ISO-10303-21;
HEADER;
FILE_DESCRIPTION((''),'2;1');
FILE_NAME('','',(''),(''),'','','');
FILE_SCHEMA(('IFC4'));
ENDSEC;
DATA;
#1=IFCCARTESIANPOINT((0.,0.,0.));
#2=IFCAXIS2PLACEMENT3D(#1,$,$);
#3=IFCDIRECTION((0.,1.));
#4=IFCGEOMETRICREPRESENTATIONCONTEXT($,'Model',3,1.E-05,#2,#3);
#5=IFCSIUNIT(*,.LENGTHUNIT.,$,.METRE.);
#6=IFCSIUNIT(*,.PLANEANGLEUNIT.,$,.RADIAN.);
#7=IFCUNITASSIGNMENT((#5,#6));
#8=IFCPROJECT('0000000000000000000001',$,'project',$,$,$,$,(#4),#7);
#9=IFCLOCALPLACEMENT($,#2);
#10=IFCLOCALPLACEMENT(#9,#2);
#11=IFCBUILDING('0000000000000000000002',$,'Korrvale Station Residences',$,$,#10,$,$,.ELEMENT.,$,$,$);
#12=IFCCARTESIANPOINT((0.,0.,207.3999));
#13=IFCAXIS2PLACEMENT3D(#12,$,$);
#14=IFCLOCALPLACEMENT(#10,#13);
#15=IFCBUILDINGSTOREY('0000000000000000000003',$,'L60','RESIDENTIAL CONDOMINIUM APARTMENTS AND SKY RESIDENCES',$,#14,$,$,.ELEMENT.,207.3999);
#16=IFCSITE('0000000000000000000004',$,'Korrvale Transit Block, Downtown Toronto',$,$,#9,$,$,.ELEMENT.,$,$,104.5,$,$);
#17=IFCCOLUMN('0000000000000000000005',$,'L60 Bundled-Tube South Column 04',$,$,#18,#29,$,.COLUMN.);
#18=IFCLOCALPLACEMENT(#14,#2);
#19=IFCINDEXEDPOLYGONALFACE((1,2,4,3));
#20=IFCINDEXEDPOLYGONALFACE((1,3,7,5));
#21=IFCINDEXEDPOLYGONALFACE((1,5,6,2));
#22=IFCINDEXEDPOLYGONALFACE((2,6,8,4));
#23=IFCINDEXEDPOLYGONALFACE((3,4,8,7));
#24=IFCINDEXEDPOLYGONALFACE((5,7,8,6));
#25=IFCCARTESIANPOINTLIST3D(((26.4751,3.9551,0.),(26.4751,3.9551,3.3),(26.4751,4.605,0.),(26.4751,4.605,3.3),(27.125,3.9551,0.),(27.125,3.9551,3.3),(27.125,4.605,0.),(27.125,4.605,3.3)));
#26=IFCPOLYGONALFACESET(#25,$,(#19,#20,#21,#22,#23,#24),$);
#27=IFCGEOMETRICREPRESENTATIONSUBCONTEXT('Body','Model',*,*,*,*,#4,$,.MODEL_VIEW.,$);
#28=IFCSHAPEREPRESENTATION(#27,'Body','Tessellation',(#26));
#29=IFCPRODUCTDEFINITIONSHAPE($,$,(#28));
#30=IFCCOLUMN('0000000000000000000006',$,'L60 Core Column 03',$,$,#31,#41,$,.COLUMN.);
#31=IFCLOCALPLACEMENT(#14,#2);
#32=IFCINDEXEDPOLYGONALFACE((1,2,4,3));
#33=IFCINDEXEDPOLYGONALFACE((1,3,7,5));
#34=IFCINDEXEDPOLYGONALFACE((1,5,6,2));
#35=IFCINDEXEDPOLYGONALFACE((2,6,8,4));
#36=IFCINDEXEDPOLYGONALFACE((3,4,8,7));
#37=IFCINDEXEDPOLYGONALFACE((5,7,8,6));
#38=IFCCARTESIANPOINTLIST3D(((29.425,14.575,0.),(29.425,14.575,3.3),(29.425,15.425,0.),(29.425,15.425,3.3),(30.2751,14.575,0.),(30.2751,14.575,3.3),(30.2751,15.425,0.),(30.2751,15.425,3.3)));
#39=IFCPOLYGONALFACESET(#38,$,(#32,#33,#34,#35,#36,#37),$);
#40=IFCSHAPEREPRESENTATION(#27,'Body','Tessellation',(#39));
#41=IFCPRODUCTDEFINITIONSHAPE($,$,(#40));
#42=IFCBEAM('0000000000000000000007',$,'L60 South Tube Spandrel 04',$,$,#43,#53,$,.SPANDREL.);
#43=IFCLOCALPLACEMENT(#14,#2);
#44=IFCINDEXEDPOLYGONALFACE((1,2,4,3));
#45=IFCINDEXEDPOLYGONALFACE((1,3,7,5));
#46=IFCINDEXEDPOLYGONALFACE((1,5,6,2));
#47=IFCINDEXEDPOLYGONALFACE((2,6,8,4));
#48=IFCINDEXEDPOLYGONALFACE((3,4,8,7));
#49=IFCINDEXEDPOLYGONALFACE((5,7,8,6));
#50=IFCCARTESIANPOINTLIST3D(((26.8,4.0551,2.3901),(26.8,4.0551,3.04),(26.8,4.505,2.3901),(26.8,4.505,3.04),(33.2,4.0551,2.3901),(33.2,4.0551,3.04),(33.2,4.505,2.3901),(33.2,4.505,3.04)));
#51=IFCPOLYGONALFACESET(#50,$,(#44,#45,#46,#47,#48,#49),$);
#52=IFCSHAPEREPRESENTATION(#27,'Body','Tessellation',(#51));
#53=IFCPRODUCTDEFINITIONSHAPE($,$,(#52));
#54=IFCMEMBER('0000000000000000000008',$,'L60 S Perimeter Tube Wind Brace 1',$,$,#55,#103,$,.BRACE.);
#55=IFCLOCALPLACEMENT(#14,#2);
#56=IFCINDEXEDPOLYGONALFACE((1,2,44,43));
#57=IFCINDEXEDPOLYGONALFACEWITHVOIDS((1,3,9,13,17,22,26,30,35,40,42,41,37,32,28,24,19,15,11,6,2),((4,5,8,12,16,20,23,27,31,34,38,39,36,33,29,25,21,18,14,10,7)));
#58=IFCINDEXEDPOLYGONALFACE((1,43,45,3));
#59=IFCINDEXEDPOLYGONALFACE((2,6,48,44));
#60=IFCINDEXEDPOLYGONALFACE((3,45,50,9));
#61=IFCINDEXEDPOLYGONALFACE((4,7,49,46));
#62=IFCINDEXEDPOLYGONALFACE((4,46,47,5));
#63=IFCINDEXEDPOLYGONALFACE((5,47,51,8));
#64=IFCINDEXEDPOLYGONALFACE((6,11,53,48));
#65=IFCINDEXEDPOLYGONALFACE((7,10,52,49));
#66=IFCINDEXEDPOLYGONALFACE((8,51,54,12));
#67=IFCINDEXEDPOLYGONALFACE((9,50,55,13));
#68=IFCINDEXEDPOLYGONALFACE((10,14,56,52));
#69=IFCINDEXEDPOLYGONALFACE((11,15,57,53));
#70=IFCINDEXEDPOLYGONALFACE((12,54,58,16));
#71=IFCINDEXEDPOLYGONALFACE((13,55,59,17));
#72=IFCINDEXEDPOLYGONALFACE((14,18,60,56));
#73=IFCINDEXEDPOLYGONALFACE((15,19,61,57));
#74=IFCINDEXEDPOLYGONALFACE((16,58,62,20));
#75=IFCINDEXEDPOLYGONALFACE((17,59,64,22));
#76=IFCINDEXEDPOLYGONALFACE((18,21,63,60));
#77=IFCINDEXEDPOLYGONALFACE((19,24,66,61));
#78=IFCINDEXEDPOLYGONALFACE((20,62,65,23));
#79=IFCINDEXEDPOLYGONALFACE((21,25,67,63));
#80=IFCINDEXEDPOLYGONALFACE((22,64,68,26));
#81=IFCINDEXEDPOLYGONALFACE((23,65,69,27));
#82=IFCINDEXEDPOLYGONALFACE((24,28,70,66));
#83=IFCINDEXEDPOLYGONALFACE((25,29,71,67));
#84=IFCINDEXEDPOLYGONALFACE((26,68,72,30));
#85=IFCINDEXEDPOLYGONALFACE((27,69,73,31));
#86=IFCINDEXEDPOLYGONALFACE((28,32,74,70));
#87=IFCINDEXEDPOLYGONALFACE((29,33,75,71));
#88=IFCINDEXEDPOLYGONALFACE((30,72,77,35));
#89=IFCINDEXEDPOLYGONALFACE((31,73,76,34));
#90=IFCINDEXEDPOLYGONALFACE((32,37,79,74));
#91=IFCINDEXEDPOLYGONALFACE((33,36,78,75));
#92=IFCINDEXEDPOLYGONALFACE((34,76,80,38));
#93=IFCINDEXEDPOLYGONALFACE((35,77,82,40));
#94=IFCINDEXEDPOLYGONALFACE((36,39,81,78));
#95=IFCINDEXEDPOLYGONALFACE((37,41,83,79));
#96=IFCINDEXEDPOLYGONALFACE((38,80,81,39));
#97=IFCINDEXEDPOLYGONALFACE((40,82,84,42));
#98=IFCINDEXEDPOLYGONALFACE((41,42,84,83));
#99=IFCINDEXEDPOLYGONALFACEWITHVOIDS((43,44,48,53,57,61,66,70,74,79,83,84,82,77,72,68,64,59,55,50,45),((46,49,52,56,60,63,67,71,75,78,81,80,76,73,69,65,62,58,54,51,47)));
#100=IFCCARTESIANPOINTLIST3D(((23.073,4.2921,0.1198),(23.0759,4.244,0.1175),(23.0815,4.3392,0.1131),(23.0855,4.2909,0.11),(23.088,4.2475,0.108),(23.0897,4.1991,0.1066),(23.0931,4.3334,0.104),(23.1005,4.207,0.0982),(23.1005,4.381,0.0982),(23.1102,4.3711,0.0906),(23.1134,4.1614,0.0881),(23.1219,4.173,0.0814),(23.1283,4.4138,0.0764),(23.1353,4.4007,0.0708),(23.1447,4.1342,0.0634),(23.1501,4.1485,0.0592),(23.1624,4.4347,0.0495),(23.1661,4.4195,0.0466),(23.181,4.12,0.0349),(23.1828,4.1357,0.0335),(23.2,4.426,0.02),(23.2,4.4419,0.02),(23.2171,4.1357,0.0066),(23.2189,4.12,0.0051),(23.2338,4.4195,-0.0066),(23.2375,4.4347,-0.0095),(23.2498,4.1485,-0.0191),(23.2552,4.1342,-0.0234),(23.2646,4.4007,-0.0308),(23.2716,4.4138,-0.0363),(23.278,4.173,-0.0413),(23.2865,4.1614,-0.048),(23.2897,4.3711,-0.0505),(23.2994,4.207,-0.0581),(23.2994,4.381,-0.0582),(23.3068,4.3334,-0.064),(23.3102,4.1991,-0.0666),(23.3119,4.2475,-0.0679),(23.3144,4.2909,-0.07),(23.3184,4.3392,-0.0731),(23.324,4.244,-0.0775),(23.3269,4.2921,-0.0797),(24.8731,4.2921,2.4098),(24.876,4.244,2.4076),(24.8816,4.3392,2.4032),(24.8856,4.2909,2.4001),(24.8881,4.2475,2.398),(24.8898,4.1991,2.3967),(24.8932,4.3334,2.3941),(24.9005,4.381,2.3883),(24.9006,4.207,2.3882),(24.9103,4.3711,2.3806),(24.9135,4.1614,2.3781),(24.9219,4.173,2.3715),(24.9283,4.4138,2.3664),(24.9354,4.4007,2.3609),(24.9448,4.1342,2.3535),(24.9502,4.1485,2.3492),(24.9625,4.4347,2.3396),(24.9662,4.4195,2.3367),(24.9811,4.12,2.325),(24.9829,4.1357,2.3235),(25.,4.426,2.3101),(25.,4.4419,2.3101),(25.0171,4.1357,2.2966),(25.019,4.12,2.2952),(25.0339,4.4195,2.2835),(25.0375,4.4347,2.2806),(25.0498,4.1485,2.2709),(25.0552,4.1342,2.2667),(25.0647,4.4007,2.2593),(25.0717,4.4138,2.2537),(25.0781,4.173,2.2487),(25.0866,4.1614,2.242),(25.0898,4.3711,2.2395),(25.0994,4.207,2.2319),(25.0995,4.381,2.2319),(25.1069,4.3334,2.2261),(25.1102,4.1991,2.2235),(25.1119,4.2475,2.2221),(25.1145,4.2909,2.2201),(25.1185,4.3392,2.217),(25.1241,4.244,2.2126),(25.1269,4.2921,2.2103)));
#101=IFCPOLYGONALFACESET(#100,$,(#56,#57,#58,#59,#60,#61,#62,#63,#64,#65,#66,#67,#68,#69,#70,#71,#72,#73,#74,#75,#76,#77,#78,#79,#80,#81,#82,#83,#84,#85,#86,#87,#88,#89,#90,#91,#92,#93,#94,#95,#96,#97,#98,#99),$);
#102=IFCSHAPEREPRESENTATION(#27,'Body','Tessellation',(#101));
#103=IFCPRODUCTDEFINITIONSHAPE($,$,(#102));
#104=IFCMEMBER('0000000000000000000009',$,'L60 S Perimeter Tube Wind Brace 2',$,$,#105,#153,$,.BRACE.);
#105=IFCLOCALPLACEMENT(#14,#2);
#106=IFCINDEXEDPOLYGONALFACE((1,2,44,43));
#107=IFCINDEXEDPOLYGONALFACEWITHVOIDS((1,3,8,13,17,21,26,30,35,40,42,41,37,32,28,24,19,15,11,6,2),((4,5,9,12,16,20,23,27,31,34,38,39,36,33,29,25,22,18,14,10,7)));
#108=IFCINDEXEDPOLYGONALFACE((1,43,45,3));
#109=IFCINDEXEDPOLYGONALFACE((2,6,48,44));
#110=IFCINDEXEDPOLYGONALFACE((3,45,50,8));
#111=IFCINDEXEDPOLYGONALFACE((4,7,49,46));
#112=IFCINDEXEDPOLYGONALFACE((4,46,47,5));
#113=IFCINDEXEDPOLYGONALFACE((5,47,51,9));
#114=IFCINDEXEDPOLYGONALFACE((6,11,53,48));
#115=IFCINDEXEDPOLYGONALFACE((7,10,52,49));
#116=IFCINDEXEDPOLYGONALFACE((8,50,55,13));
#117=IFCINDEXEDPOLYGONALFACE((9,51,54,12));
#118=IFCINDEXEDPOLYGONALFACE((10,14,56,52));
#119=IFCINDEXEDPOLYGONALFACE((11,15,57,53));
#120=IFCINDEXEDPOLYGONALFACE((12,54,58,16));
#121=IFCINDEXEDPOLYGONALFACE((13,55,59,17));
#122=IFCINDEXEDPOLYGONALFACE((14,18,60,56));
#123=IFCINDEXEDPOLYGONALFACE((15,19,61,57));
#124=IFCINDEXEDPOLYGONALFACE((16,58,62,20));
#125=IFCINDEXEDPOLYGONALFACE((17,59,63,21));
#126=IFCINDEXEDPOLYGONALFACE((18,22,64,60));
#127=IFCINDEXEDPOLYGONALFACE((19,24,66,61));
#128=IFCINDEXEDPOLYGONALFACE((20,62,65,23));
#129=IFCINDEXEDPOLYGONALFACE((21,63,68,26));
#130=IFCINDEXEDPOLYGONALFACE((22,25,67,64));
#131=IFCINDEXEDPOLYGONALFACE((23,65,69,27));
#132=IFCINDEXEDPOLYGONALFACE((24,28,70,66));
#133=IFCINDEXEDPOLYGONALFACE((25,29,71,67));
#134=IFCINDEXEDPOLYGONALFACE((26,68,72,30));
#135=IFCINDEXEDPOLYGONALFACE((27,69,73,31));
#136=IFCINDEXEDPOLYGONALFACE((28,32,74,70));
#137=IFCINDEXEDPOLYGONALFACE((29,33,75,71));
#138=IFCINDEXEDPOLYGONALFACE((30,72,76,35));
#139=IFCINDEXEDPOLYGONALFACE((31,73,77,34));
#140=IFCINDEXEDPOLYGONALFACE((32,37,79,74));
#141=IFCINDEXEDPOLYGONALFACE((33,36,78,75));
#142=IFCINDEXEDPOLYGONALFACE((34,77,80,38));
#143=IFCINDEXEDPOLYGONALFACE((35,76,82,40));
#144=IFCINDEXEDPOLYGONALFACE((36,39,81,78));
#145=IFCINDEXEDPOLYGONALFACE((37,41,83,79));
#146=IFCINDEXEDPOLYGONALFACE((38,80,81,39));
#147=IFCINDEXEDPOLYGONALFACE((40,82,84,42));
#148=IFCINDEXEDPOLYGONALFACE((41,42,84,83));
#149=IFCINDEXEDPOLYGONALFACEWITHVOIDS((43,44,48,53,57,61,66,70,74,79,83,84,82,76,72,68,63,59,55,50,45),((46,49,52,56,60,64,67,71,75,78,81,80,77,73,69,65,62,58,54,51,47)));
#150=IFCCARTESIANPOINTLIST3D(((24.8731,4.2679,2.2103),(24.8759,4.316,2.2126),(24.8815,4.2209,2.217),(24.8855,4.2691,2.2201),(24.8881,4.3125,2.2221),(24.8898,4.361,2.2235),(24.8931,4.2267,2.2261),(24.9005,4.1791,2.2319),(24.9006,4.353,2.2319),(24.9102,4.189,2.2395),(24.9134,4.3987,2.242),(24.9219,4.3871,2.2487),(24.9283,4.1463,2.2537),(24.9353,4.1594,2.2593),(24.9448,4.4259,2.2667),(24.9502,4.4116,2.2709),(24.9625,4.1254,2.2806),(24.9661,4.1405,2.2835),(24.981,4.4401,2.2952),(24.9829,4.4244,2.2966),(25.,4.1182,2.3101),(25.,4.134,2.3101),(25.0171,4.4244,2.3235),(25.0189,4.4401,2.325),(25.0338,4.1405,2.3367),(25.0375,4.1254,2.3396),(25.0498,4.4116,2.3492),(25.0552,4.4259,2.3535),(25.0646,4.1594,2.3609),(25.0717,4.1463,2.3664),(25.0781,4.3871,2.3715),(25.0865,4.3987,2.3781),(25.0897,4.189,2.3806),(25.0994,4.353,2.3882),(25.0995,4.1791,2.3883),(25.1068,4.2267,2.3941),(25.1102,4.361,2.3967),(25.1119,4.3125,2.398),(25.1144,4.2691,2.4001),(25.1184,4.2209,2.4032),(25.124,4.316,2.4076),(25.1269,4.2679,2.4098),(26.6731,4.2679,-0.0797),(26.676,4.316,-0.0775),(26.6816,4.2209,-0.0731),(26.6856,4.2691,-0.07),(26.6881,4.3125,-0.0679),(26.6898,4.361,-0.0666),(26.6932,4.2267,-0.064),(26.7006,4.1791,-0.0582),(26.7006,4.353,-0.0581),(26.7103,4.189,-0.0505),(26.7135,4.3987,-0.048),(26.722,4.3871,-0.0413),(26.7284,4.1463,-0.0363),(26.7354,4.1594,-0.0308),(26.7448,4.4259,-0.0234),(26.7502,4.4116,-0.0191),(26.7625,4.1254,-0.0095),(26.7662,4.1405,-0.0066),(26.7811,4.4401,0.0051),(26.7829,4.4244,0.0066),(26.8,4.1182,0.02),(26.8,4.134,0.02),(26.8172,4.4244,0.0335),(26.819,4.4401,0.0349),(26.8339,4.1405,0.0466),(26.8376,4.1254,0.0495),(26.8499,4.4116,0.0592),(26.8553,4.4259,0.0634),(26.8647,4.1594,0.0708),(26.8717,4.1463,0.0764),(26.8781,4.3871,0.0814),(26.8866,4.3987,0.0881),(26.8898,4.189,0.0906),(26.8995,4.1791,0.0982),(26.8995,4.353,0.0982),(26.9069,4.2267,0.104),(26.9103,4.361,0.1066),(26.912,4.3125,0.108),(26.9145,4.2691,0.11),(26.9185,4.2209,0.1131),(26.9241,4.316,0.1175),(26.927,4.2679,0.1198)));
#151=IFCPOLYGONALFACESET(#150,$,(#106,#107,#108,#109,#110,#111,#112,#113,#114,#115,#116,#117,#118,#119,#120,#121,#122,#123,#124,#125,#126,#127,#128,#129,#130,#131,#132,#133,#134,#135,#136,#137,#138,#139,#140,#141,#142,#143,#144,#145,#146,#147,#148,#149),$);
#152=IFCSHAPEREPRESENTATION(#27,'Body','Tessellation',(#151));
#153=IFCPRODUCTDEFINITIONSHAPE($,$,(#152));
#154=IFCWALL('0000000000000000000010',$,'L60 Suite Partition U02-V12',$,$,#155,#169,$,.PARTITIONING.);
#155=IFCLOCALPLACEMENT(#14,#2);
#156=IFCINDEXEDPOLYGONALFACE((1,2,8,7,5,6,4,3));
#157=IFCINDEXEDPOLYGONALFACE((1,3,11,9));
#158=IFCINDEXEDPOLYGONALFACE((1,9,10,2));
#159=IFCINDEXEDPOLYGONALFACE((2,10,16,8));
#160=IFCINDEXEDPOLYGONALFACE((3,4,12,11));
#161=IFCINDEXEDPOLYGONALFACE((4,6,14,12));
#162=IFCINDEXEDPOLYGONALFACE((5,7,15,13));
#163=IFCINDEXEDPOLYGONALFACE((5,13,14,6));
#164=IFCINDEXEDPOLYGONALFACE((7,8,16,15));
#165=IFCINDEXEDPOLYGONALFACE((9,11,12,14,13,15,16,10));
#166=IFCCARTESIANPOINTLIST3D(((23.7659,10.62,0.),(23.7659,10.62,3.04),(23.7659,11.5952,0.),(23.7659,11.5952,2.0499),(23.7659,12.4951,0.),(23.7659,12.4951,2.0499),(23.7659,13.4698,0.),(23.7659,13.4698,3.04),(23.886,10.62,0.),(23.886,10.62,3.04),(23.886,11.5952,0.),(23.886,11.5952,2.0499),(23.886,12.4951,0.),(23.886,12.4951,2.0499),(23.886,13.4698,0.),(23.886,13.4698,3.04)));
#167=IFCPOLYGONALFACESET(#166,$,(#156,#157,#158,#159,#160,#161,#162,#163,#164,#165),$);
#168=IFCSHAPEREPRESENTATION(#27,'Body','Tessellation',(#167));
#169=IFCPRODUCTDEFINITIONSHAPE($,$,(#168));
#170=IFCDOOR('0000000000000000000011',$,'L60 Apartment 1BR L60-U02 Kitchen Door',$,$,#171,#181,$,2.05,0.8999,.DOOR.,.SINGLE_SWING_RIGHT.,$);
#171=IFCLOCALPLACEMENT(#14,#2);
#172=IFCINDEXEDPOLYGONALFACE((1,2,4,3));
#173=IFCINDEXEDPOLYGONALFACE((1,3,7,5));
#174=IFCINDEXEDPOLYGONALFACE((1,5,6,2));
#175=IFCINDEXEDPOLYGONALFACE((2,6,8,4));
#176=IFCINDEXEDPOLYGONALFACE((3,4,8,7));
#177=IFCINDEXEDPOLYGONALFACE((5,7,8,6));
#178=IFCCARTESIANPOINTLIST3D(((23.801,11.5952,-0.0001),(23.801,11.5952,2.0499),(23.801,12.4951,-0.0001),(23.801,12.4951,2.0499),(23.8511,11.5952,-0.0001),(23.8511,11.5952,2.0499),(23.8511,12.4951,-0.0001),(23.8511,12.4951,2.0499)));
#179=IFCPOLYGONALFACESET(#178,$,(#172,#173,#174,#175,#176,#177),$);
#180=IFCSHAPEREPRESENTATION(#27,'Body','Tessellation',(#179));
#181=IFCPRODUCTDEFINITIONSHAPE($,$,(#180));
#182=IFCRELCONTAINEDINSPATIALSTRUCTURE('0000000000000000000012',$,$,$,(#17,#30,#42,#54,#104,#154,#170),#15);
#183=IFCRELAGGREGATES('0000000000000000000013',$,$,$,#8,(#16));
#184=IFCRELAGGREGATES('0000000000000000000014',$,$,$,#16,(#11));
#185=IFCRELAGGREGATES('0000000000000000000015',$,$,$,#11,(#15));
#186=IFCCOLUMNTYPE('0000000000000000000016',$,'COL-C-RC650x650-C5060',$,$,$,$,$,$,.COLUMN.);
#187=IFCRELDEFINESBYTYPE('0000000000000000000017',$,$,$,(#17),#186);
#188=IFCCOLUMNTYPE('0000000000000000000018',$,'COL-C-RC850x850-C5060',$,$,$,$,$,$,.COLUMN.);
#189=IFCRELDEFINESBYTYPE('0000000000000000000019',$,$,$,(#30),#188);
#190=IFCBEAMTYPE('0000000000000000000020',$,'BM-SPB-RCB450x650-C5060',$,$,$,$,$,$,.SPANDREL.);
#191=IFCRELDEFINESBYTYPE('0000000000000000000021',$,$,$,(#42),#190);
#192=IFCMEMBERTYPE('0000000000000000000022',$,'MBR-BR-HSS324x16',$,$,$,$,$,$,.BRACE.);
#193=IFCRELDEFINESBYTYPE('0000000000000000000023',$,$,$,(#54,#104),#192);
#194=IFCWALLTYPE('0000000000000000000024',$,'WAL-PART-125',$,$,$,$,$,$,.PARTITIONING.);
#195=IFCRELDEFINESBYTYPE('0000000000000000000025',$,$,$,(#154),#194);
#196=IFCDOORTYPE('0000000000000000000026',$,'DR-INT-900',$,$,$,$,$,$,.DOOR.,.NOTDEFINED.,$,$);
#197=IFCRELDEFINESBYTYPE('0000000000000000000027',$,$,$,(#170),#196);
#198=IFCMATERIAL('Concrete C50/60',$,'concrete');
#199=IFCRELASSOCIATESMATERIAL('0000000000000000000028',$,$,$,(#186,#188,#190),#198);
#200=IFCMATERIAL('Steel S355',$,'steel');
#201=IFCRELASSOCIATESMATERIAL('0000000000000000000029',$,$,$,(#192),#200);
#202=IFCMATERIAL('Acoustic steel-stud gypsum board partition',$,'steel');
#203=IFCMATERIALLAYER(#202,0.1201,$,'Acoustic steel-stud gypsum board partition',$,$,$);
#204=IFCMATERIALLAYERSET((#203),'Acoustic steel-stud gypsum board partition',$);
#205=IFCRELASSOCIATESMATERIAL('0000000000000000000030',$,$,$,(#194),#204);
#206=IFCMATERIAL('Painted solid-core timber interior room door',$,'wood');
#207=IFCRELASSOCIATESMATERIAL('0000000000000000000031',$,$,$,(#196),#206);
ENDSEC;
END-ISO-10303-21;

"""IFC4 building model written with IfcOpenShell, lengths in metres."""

from ifc_helpers import new_model, si_unit, direction, frame, frame_2d, origin, origin_2d, place, context, subcontext, project, spatial, rectangle, hollow_circle, extrude, material, layer, layer_set, material_profile, profile_set, type_object, element, fill, save


model = new_model("IFC4")

# Units and contexts
model_context = context("Model", 3, precision=1e-05, world=origin(), true_north=direction((0.0, 1.0)))
body_context = subcontext(model_context, "Body", "Model", "MODEL_VIEW")
ifc_project = project(units=[si_unit("LENGTHUNIT", "METRE"), si_unit("PLANEANGLEUNIT", "RADIAN")], contexts=[model_context])

# Site, building, storey
site_placement = place(None, origin())
site = spatial("IfcSite", under=ifc_project, at=site_placement, Name="Korrvale Transit Block, Downtown Toronto", CompositionType="ELEMENT", RefElevation=104.5)
building_placement = place(site_placement, origin())
building = spatial("IfcBuilding", under=site, at=building_placement, Name="Korrvale Station Residences", CompositionType="ELEMENT")
storey_placement = place(building_placement, frame((0.0, 0.0, 207.3999)))
storey = spatial("IfcBuildingStorey", under=building, at=storey_placement, Name="L60", Description="RESIDENTIAL CONDOMINIUM APARTMENTS AND SKY RESIDENCES", CompositionType="ELEMENT", Elevation=207.3999)

# Columns
ifc_material_1 = material(Name="Concrete C50/60", Category="concrete")
ifc_material_profile_1 = material_profile(ifc_material_1, rectangle(XDim=0.6499, YDim=0.6499, at=origin_2d()), Name="RC650x650")
ifc_profile_set_1 = profile_set([ifc_material_profile_1], Name="Concrete C50/60")
column_type_1 = type_object("IfcColumnType", Name="COL-C-RC650x650-C5060", PredefinedType="COLUMN", material=ifc_profile_set_1)
column_1_placement = place(storey_placement, frame((26.8, 4.28, 0.0), z_axis=(0.0, 0.0, 1.0), x_axis=(1.0, 0.0, 0.0)))
element("IfcColumn", 1, at=column_1_placement, inside=storey, type_object=column_type_1, Name="L60 Bundled-Tube South Column 04", PredefinedType="COLUMN", context=body_context, shape_type="SweptSolid", body=[
    extrude(rectangle(XDim=0.6499, YDim=0.6499, at=origin_2d()), origin(), (0.0, 0.0, 1.0), 3.3),
])
ifc_material_profile_2 = material_profile(ifc_material_1, rectangle(XDim=0.8501, YDim=0.8501, at=origin_2d()), Name="RC850x850")
ifc_profile_set_2 = profile_set([ifc_material_profile_2], Name="Concrete C50/60")
column_type_2 = type_object("IfcColumnType", Name="COL-C-RC850x850-C5060", PredefinedType="COLUMN", material=ifc_profile_set_2)
column_2_placement = place(storey_placement, frame((29.8501, 15.0, 0.0), z_axis=(0.0, 0.0, 1.0), x_axis=(1.0, 0.0, 0.0)))
element("IfcColumn", 2, at=column_2_placement, inside=storey, type_object=column_type_2, Name="L60 Core Column 03", PredefinedType="COLUMN", context=body_context, shape_type="SweptSolid", body=[
    extrude(rectangle(XDim=0.8501, YDim=0.8501, at=origin_2d()), origin(), (0.0, 0.0, 1.0), 3.3),
])

# Beam
ifc_material_profile_3 = material_profile(ifc_material_1, rectangle(XDim=0.45, YDim=0.6499, at=origin_2d()), Name="RCB450x650")
ifc_profile_set_3 = profile_set([ifc_material_profile_3], Name="Concrete C50/60")
beam_type = type_object("IfcBeamType", Name="BM-SPB-RCB450x650-C5060", PredefinedType="SPANDREL", material=ifc_profile_set_3)
beam_placement = place(storey_placement, frame((26.8, 4.28, 2.7151), z_axis=(1.0, 0.0, 0.0), x_axis=(0.0, 1.0, 0.0)))
element("IfcBeam", 3, at=beam_placement, inside=storey, type_object=beam_type, Name="L60 South Tube Spandrel 04", PredefinedType="SPANDREL", context=body_context, shape_type="SweptSolid", body=[
    extrude(rectangle(XDim=0.45, YDim=0.6499, at=origin_2d()), origin(), (0.0, 0.0, 1.0), 6.3999),
])

# Members
ifc_material_2 = material(Name="Steel S355", Category="steel")
ifc_material_profile_4 = material_profile(ifc_material_2, hollow_circle(Radius=0.1619, WallThickness=0.0159, at=origin_2d()), Name="HSS324x16")
ifc_profile_set_4 = profile_set([ifc_material_profile_4], Name="Steel S355")
member_type = type_object("IfcMemberType", Name="MBR-BR-HSS324x16", PredefinedType="BRACE", material=ifc_profile_set_4)
for number, where, z_axis, x_axis, name in (
    (4, (23.2, 4.28, 0.02), (0.617977, 0.0, 0.786196), (0.0, 1.0, 0.0), "L60 S Perimeter Tube Wind Brace 1"),
    (5, (26.8, 4.28, 0.02), (-0.617977, 0.0, 0.786196), (0.0, -1.0, 0.0), "L60 S Perimeter Tube Wind Brace 2"),
):
    element("IfcMember", number, at=place(storey_placement, frame(where, z_axis=z_axis, x_axis=x_axis)), inside=storey, type_object=member_type, Name=name, PredefinedType="BRACE", context=body_context, shape_type="SweptSolid", body=[
        extrude(hollow_circle(Radius=0.1619, WallThickness=0.0159, at=origin_2d()), origin(), (0.0, 0.0, 1.0), 2.9128),
    ])

# Wall, opening, door
ifc_material_3 = material(Name="Acoustic steel-stud gypsum board partition", Category="steel")
ifc_layer_1 = layer(ifc_material_3, 0.1201, Name="Acoustic steel-stud gypsum board partition")
ifc_layer_set_1 = layer_set([ifc_layer_1], Name="Acoustic steel-stud gypsum board partition")
wall_type_1 = type_object("IfcWallType", Name="WAL-PART-125", PredefinedType="PARTITIONING", material=ifc_layer_set_1)
wall_1_placement = place(storey_placement, frame((23.8259, 10.6201, 0.0), z_axis=(0.0, 0.0, 1.0), x_axis=(0.0, 1.0, 0.0)))
wall_1 = element("IfcWall", 6, at=wall_1_placement, inside=storey, type_object=wall_type_1, Name="L60 Suite Partition U02-V12", PredefinedType="PARTITIONING", context=body_context, shape_type="SweptSolid", body=[
    extrude(rectangle(XDim=2.8499, YDim=0.1201, at=frame_2d((1.4248, 0.0))), origin(), (0.0, 0.0, 1.0), 3.04),
])
opening_1_placement = place(wall_1_placement, frame((0.9751, 0.0, 0.0)))
opening_1 = element("IfcOpeningElement", 7, at=opening_1_placement, cuts=wall_1, PredefinedType="OPENING", context=body_context, shape_type="SweptSolid", body=[
    extrude(rectangle(XDim=0.8999, YDim=2.05, at=frame_2d((0.45, 1.0249))), frame((0.0, 0.0701, 0.0), z_axis=(0.0, -1.0, 0.0), x_axis=(1.0, 0.0, 0.0)), (0.0, 0.0, 1.0), 0.1401),
])
ifc_material_4 = material(Name="Painted solid-core timber interior room door", Category="wood")
door_type = type_object("IfcDoorType", Name="DR-INT-900", OperationType="NOTDEFINED", PredefinedType="DOOR", material=ifc_material_4)
door_1_placement = place(opening_1_placement, origin())
door_1 = element("IfcDoor", 8, at=door_1_placement, inside=storey, type_object=door_type, Name="L60 Apartment 1BR L60-U02 Kitchen Door", OperationType="SINGLE_SWING_RIGHT", OverallHeight=2.05, OverallWidth=0.8999, PredefinedType="DOOR", context=body_context, shape_type="SweptSolid", body=[
    extrude(rectangle(XDim=0.8999, YDim=2.05, at=frame_2d((0.45, 1.0249))), frame((0.0, 0.0249, 0.0), z_axis=(0.0, -1.0, 0.0), x_axis=(1.0, 0.0, 0.0)), (0.0, 0.0, 1.0), 0.05),
])
fill(opening_1, door_1)

save(model, "model.ifc")
